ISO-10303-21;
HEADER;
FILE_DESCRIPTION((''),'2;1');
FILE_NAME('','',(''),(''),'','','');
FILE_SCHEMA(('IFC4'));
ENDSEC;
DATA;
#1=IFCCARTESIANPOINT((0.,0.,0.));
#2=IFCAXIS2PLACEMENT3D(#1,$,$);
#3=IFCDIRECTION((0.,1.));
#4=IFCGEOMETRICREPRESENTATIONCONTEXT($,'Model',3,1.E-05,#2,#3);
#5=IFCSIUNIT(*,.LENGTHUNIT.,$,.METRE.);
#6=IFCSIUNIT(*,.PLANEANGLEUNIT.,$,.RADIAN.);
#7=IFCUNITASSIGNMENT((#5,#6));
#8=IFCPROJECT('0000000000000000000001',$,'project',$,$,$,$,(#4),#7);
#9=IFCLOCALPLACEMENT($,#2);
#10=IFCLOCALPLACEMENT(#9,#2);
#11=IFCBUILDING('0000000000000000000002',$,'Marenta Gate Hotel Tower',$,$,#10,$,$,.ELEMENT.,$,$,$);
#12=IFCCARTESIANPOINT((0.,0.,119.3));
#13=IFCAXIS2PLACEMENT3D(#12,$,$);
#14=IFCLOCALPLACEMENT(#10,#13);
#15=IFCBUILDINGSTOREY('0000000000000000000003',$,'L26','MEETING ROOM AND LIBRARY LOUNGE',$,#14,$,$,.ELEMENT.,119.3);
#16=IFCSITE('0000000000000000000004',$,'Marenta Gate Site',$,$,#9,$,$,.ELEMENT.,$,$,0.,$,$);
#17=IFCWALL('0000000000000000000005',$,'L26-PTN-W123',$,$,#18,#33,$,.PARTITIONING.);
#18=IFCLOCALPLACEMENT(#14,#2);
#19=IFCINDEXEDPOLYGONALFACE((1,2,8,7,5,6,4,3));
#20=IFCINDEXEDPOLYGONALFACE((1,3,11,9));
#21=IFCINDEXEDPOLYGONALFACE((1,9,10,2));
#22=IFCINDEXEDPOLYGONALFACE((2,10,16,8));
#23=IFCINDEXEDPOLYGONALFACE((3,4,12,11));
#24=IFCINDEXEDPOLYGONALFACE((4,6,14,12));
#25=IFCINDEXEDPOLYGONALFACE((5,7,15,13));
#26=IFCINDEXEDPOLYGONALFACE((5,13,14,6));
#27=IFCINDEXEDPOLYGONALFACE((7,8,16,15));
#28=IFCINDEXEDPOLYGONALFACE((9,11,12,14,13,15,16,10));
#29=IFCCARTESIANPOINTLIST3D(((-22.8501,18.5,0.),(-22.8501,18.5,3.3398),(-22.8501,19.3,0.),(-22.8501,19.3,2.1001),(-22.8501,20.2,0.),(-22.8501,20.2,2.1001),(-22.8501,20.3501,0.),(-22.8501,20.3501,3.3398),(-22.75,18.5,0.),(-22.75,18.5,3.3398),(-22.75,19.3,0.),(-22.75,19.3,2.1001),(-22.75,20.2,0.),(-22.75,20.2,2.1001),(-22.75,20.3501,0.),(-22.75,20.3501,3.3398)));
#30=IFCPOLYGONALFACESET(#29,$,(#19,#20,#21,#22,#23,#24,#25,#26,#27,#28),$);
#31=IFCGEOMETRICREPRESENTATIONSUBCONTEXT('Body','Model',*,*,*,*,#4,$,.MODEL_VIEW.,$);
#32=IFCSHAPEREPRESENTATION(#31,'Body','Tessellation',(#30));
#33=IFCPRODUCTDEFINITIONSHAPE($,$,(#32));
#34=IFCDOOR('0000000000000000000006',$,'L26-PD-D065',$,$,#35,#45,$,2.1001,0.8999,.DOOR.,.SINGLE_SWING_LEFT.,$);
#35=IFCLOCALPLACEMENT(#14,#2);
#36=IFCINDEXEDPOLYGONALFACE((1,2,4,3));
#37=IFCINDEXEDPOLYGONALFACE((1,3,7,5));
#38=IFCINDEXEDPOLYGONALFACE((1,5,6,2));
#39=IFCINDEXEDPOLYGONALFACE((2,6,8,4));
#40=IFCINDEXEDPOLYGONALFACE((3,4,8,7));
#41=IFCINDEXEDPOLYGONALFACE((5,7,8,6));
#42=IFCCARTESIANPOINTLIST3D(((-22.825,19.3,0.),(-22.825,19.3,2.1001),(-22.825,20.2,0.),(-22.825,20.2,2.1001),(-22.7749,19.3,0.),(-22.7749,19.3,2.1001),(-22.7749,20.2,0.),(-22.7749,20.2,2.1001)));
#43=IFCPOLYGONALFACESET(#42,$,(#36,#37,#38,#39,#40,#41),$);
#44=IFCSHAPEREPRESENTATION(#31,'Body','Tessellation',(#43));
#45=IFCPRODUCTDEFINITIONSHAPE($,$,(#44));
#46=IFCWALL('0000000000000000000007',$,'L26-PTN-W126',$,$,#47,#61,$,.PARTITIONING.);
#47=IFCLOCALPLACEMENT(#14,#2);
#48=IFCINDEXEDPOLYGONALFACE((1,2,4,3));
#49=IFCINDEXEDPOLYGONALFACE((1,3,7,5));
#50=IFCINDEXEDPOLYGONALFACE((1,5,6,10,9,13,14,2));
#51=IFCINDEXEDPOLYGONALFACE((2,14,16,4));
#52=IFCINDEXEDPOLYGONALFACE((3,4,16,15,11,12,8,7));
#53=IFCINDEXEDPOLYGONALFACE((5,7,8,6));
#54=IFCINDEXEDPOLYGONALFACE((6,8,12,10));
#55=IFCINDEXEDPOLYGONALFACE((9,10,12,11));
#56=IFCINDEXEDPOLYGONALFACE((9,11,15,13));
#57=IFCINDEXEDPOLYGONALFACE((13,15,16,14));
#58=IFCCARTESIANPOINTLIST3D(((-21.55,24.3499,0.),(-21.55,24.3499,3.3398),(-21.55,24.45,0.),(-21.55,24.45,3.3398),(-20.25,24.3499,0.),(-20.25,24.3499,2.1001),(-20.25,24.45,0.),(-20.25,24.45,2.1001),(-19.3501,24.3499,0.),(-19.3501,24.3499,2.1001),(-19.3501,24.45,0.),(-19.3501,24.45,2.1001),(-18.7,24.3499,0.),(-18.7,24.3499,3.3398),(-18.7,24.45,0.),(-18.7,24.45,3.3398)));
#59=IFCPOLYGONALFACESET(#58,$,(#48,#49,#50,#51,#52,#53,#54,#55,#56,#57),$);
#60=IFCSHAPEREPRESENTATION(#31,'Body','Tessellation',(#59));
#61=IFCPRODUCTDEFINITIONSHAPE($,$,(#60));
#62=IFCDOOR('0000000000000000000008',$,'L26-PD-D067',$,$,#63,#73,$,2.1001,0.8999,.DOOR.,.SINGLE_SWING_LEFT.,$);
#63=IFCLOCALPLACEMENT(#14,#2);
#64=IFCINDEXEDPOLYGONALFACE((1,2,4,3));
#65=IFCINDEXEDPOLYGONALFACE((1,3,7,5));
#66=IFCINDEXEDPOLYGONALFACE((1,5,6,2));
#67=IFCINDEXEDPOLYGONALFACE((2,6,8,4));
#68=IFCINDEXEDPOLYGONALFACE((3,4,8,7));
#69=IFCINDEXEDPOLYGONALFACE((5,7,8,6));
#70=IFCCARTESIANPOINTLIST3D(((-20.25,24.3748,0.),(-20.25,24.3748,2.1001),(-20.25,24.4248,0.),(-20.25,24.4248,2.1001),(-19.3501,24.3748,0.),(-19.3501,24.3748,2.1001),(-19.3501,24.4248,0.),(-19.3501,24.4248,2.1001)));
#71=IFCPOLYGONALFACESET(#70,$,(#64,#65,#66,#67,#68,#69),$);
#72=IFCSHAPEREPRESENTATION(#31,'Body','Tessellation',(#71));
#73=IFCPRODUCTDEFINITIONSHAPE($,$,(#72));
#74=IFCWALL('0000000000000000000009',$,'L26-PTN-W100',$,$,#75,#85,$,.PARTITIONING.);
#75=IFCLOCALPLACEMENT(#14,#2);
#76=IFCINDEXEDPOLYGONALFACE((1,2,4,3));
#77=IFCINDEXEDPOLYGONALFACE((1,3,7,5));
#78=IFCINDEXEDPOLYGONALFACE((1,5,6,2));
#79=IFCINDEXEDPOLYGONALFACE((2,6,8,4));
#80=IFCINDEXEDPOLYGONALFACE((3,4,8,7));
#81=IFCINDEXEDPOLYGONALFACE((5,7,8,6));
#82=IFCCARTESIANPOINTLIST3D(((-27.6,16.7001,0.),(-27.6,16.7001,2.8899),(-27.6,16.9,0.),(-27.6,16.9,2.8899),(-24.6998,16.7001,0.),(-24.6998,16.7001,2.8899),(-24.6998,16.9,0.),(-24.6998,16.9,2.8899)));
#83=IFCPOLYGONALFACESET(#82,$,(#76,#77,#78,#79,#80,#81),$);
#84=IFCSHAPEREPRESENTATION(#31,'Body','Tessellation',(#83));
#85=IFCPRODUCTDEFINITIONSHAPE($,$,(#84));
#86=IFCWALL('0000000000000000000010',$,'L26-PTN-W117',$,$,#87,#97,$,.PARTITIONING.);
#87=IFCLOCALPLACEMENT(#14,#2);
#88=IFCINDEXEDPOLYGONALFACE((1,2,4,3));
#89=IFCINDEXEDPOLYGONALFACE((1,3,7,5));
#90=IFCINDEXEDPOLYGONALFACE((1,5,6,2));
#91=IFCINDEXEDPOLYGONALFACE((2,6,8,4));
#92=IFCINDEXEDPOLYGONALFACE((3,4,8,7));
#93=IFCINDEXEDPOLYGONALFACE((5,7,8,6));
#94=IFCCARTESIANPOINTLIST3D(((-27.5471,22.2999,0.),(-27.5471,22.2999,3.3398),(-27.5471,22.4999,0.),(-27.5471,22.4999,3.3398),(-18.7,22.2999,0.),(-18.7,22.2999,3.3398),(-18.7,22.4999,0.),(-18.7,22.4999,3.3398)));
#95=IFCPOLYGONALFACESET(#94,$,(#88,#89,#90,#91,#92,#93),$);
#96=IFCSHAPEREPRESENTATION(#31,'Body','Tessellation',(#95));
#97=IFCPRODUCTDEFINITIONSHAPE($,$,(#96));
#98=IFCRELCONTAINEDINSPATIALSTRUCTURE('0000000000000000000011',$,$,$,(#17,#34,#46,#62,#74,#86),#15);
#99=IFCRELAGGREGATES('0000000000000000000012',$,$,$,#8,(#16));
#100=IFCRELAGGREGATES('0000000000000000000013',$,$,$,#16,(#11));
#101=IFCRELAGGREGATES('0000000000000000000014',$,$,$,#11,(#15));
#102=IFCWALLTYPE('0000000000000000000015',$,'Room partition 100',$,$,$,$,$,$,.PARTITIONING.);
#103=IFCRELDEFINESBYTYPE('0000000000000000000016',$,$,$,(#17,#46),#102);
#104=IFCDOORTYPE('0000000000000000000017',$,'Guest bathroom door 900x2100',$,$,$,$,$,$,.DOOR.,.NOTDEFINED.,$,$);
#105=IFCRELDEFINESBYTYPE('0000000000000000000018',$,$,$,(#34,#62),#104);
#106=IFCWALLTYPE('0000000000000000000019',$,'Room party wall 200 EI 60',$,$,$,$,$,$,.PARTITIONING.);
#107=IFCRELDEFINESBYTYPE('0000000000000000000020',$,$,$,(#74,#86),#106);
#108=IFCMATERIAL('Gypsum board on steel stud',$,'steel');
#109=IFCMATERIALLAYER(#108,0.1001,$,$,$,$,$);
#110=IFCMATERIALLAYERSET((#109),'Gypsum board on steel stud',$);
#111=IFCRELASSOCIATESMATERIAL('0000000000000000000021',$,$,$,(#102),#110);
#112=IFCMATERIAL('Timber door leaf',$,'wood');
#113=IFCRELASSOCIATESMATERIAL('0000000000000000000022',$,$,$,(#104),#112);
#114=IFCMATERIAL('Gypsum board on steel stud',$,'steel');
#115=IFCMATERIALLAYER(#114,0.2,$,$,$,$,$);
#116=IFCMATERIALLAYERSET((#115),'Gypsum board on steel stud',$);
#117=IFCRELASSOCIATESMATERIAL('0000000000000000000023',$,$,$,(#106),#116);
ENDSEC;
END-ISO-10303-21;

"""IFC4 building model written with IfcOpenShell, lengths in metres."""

from ifc_helpers import new_model, si_unit, direction, frame, frame_2d, origin, place, context, subcontext, project, spatial, rectangle, extrude, material, layer, layer_set, type_object, element, fill, save


model = new_model("IFC4")

# Units and contexts
model_context = context("Model", 3, precision=1e-05, world=origin(), true_north=direction((0.0, 1.0)))
body_context = subcontext(model_context, "Body", "Model", "MODEL_VIEW")
ifc_project = project(units=[si_unit("LENGTHUNIT", "METRE"), si_unit("PLANEANGLEUNIT", "RADIAN")], contexts=[model_context])

# Site, building, storey
site_placement = place(None, origin())
site = spatial("IfcSite", under=ifc_project, at=site_placement, Name="Marenta Gate Site", CompositionType="ELEMENT", RefElevation=0.0)
building_placement = place(site_placement, origin())
building = spatial("IfcBuilding", under=site, at=building_placement, Name="Marenta Gate Hotel Tower", CompositionType="ELEMENT")
storey_placement = place(building_placement, frame((0.0, 0.0, 119.3)))
storey = spatial("IfcBuildingStorey", under=building, at=storey_placement, Name="L26", Description="MEETING ROOM AND LIBRARY LOUNGE", CompositionType="ELEMENT", Elevation=119.3)

# Shared definitions
ifc_material_1 = material(Name="Gypsum board on steel stud", Category="steel")
ifc_layer_1 = layer(ifc_material_1, 0.1001)
ifc_layer_set_1 = layer_set([ifc_layer_1], Name="Gypsum board on steel stud")
wall_type_1 = type_object("IfcWallType", Name="Room partition 100", PredefinedType="PARTITIONING", material=ifc_layer_set_1)

# Walls, openings, doors
wall_1_placement = place(storey_placement, frame((-22.8, 18.5, 0.0), z_axis=(0.0, 0.0, 1.0), x_axis=(0.0, 1.0, 0.0)))
wall_1 = element("IfcWall", 1, at=wall_1_placement, inside=storey, type_object=wall_type_1, Name="L26-PTN-W123", PredefinedType="PARTITIONING", context=body_context, shape_type="SweptSolid", body=[
    extrude(rectangle(XDim=1.8501, YDim=0.1001, at=frame_2d((0.925, 0.0))), origin(), (0.0, 0.0, 1.0), 3.3398),
])
opening_1_placement = place(wall_1_placement, frame((0.8, 0.0, 0.0)))
opening_1 = element("IfcOpeningElement", 2, at=opening_1_placement, cuts=wall_1, PredefinedType="OPENING", context=body_context, shape_type="SweptSolid", body=[
    extrude(rectangle(XDim=0.8999, YDim=2.1001, at=frame_2d((0.45, 1.05))), frame((0.0, 0.05, 0.0), z_axis=(0.0, -1.0, 0.0), x_axis=(1.0, 0.0, 0.0)), (0.0, 0.0, 1.0), 0.1001),
])
ifc_material_2 = material(Name="Timber door leaf", Category="wood")
door_type_1 = type_object("IfcDoorType", Name="Guest bathroom door 900x2100", OperationType="NOTDEFINED", PredefinedType="DOOR", material=ifc_material_2)
door_1_placement = place(opening_1_placement, origin())
door_1 = element("IfcDoor", 3, at=door_1_placement, inside=storey, type_object=door_type_1, Name="L26-PD-D065", OperationType="SINGLE_SWING_LEFT", OverallHeight=2.1001, OverallWidth=0.8999, PredefinedType="DOOR", context=body_context, shape_type="SweptSolid", body=[
    extrude(rectangle(XDim=0.8999, YDim=2.1001, at=frame_2d((0.45, 1.05))), frame((0.0, 0.0249, 0.0), z_axis=(0.0, -1.0, 0.0), x_axis=(1.0, 0.0, 0.0)), (0.0, 0.0, 1.0), 0.05),
])
fill(opening_1, door_1)
wall_2_placement = place(storey_placement, frame((-21.55, 24.3999, 0.0), z_axis=(0.0, 0.0, 1.0), x_axis=(1.0, 0.0, 0.0)))
wall_2 = element("IfcWall", 4, at=wall_2_placement, inside=storey, type_object=wall_type_1, Name="L26-PTN-W126", PredefinedType="PARTITIONING", context=body_context, shape_type="SweptSolid", body=[
    extrude(rectangle(XDim=2.8501, YDim=0.1001, at=frame_2d((1.425, 0.0))), origin(), (0.0, 0.0, 1.0), 3.3398),
])
opening_2_placement = place(wall_2_placement, frame((1.3, 0.0, 0.0)))
opening_2 = element("IfcOpeningElement", 5, at=opening_2_placement, cuts=wall_2, PredefinedType="OPENING", context=body_context, shape_type="SweptSolid", body=[
    extrude(rectangle(XDim=0.8999, YDim=2.1001, at=frame_2d((0.45, 1.05))), frame((0.0, 0.05, 0.0), z_axis=(0.0, -1.0, 0.0), x_axis=(1.0, 0.0, 0.0)), (0.0, 0.0, 1.0), 0.1001),
])
door_2_placement = place(opening_2_placement, origin())
door_2 = element("IfcDoor", 6, at=door_2_placement, inside=storey, type_object=door_type_1, Name="L26-PD-D067", OperationType="SINGLE_SWING_LEFT", OverallHeight=2.1001, OverallWidth=0.8999, PredefinedType="DOOR", context=body_context, shape_type="SweptSolid", body=[
    extrude(rectangle(XDim=0.8999, YDim=2.1001, at=frame_2d((0.45, 1.05))), frame((0.0, 0.0249, 0.0), z_axis=(0.0, -1.0, 0.0), x_axis=(1.0, 0.0, 0.0)), (0.0, 0.0, 1.0), 0.05),
])
fill(opening_2, door_2)

# Walls
ifc_material_3 = material(Name="Gypsum board on steel stud", Category="steel")
ifc_layer_2 = layer(ifc_material_3, 0.2)
ifc_layer_set_2 = layer_set([ifc_layer_2], Name="Gypsum board on steel stud")
wall_type_2 = type_object("IfcWallType", Name="Room party wall 200 EI 60", PredefinedType="PARTITIONING", material=ifc_layer_set_2)
wall_3_placement = place(storey_placement, frame((-27.6001, 16.8, 0.0), z_axis=(0.0, 0.0, 1.0), x_axis=(1.0, 0.0, 0.0)))
element("IfcWall", 7, at=wall_3_placement, inside=storey, type_object=wall_type_2, Name="L26-PTN-W100", PredefinedType="PARTITIONING", context=body_context, shape_type="SweptSolid", body=[
    extrude(rectangle(XDim=2.9001, YDim=0.2, at=frame_2d((1.4502, 0.0))), origin(), (0.0, 0.0, 1.0), 2.8899),
])
wall_4_placement = place(storey_placement, frame((-27.5471, 22.3999, 0.0), z_axis=(0.0, 0.0, 1.0), x_axis=(1.0, 0.0, 0.0)))
element("IfcWall", 8, at=wall_4_placement, inside=storey, type_object=wall_type_2, Name="L26-PTN-W117", PredefinedType="PARTITIONING", context=body_context, shape_type="SweptSolid", body=[
    extrude(rectangle(XDim=8.8472, YDim=0.2, at=frame_2d((4.4236, 0.0))), origin(), (0.0, 0.0, 1.0), 3.3398),
])

save(model, "model.ifc")
